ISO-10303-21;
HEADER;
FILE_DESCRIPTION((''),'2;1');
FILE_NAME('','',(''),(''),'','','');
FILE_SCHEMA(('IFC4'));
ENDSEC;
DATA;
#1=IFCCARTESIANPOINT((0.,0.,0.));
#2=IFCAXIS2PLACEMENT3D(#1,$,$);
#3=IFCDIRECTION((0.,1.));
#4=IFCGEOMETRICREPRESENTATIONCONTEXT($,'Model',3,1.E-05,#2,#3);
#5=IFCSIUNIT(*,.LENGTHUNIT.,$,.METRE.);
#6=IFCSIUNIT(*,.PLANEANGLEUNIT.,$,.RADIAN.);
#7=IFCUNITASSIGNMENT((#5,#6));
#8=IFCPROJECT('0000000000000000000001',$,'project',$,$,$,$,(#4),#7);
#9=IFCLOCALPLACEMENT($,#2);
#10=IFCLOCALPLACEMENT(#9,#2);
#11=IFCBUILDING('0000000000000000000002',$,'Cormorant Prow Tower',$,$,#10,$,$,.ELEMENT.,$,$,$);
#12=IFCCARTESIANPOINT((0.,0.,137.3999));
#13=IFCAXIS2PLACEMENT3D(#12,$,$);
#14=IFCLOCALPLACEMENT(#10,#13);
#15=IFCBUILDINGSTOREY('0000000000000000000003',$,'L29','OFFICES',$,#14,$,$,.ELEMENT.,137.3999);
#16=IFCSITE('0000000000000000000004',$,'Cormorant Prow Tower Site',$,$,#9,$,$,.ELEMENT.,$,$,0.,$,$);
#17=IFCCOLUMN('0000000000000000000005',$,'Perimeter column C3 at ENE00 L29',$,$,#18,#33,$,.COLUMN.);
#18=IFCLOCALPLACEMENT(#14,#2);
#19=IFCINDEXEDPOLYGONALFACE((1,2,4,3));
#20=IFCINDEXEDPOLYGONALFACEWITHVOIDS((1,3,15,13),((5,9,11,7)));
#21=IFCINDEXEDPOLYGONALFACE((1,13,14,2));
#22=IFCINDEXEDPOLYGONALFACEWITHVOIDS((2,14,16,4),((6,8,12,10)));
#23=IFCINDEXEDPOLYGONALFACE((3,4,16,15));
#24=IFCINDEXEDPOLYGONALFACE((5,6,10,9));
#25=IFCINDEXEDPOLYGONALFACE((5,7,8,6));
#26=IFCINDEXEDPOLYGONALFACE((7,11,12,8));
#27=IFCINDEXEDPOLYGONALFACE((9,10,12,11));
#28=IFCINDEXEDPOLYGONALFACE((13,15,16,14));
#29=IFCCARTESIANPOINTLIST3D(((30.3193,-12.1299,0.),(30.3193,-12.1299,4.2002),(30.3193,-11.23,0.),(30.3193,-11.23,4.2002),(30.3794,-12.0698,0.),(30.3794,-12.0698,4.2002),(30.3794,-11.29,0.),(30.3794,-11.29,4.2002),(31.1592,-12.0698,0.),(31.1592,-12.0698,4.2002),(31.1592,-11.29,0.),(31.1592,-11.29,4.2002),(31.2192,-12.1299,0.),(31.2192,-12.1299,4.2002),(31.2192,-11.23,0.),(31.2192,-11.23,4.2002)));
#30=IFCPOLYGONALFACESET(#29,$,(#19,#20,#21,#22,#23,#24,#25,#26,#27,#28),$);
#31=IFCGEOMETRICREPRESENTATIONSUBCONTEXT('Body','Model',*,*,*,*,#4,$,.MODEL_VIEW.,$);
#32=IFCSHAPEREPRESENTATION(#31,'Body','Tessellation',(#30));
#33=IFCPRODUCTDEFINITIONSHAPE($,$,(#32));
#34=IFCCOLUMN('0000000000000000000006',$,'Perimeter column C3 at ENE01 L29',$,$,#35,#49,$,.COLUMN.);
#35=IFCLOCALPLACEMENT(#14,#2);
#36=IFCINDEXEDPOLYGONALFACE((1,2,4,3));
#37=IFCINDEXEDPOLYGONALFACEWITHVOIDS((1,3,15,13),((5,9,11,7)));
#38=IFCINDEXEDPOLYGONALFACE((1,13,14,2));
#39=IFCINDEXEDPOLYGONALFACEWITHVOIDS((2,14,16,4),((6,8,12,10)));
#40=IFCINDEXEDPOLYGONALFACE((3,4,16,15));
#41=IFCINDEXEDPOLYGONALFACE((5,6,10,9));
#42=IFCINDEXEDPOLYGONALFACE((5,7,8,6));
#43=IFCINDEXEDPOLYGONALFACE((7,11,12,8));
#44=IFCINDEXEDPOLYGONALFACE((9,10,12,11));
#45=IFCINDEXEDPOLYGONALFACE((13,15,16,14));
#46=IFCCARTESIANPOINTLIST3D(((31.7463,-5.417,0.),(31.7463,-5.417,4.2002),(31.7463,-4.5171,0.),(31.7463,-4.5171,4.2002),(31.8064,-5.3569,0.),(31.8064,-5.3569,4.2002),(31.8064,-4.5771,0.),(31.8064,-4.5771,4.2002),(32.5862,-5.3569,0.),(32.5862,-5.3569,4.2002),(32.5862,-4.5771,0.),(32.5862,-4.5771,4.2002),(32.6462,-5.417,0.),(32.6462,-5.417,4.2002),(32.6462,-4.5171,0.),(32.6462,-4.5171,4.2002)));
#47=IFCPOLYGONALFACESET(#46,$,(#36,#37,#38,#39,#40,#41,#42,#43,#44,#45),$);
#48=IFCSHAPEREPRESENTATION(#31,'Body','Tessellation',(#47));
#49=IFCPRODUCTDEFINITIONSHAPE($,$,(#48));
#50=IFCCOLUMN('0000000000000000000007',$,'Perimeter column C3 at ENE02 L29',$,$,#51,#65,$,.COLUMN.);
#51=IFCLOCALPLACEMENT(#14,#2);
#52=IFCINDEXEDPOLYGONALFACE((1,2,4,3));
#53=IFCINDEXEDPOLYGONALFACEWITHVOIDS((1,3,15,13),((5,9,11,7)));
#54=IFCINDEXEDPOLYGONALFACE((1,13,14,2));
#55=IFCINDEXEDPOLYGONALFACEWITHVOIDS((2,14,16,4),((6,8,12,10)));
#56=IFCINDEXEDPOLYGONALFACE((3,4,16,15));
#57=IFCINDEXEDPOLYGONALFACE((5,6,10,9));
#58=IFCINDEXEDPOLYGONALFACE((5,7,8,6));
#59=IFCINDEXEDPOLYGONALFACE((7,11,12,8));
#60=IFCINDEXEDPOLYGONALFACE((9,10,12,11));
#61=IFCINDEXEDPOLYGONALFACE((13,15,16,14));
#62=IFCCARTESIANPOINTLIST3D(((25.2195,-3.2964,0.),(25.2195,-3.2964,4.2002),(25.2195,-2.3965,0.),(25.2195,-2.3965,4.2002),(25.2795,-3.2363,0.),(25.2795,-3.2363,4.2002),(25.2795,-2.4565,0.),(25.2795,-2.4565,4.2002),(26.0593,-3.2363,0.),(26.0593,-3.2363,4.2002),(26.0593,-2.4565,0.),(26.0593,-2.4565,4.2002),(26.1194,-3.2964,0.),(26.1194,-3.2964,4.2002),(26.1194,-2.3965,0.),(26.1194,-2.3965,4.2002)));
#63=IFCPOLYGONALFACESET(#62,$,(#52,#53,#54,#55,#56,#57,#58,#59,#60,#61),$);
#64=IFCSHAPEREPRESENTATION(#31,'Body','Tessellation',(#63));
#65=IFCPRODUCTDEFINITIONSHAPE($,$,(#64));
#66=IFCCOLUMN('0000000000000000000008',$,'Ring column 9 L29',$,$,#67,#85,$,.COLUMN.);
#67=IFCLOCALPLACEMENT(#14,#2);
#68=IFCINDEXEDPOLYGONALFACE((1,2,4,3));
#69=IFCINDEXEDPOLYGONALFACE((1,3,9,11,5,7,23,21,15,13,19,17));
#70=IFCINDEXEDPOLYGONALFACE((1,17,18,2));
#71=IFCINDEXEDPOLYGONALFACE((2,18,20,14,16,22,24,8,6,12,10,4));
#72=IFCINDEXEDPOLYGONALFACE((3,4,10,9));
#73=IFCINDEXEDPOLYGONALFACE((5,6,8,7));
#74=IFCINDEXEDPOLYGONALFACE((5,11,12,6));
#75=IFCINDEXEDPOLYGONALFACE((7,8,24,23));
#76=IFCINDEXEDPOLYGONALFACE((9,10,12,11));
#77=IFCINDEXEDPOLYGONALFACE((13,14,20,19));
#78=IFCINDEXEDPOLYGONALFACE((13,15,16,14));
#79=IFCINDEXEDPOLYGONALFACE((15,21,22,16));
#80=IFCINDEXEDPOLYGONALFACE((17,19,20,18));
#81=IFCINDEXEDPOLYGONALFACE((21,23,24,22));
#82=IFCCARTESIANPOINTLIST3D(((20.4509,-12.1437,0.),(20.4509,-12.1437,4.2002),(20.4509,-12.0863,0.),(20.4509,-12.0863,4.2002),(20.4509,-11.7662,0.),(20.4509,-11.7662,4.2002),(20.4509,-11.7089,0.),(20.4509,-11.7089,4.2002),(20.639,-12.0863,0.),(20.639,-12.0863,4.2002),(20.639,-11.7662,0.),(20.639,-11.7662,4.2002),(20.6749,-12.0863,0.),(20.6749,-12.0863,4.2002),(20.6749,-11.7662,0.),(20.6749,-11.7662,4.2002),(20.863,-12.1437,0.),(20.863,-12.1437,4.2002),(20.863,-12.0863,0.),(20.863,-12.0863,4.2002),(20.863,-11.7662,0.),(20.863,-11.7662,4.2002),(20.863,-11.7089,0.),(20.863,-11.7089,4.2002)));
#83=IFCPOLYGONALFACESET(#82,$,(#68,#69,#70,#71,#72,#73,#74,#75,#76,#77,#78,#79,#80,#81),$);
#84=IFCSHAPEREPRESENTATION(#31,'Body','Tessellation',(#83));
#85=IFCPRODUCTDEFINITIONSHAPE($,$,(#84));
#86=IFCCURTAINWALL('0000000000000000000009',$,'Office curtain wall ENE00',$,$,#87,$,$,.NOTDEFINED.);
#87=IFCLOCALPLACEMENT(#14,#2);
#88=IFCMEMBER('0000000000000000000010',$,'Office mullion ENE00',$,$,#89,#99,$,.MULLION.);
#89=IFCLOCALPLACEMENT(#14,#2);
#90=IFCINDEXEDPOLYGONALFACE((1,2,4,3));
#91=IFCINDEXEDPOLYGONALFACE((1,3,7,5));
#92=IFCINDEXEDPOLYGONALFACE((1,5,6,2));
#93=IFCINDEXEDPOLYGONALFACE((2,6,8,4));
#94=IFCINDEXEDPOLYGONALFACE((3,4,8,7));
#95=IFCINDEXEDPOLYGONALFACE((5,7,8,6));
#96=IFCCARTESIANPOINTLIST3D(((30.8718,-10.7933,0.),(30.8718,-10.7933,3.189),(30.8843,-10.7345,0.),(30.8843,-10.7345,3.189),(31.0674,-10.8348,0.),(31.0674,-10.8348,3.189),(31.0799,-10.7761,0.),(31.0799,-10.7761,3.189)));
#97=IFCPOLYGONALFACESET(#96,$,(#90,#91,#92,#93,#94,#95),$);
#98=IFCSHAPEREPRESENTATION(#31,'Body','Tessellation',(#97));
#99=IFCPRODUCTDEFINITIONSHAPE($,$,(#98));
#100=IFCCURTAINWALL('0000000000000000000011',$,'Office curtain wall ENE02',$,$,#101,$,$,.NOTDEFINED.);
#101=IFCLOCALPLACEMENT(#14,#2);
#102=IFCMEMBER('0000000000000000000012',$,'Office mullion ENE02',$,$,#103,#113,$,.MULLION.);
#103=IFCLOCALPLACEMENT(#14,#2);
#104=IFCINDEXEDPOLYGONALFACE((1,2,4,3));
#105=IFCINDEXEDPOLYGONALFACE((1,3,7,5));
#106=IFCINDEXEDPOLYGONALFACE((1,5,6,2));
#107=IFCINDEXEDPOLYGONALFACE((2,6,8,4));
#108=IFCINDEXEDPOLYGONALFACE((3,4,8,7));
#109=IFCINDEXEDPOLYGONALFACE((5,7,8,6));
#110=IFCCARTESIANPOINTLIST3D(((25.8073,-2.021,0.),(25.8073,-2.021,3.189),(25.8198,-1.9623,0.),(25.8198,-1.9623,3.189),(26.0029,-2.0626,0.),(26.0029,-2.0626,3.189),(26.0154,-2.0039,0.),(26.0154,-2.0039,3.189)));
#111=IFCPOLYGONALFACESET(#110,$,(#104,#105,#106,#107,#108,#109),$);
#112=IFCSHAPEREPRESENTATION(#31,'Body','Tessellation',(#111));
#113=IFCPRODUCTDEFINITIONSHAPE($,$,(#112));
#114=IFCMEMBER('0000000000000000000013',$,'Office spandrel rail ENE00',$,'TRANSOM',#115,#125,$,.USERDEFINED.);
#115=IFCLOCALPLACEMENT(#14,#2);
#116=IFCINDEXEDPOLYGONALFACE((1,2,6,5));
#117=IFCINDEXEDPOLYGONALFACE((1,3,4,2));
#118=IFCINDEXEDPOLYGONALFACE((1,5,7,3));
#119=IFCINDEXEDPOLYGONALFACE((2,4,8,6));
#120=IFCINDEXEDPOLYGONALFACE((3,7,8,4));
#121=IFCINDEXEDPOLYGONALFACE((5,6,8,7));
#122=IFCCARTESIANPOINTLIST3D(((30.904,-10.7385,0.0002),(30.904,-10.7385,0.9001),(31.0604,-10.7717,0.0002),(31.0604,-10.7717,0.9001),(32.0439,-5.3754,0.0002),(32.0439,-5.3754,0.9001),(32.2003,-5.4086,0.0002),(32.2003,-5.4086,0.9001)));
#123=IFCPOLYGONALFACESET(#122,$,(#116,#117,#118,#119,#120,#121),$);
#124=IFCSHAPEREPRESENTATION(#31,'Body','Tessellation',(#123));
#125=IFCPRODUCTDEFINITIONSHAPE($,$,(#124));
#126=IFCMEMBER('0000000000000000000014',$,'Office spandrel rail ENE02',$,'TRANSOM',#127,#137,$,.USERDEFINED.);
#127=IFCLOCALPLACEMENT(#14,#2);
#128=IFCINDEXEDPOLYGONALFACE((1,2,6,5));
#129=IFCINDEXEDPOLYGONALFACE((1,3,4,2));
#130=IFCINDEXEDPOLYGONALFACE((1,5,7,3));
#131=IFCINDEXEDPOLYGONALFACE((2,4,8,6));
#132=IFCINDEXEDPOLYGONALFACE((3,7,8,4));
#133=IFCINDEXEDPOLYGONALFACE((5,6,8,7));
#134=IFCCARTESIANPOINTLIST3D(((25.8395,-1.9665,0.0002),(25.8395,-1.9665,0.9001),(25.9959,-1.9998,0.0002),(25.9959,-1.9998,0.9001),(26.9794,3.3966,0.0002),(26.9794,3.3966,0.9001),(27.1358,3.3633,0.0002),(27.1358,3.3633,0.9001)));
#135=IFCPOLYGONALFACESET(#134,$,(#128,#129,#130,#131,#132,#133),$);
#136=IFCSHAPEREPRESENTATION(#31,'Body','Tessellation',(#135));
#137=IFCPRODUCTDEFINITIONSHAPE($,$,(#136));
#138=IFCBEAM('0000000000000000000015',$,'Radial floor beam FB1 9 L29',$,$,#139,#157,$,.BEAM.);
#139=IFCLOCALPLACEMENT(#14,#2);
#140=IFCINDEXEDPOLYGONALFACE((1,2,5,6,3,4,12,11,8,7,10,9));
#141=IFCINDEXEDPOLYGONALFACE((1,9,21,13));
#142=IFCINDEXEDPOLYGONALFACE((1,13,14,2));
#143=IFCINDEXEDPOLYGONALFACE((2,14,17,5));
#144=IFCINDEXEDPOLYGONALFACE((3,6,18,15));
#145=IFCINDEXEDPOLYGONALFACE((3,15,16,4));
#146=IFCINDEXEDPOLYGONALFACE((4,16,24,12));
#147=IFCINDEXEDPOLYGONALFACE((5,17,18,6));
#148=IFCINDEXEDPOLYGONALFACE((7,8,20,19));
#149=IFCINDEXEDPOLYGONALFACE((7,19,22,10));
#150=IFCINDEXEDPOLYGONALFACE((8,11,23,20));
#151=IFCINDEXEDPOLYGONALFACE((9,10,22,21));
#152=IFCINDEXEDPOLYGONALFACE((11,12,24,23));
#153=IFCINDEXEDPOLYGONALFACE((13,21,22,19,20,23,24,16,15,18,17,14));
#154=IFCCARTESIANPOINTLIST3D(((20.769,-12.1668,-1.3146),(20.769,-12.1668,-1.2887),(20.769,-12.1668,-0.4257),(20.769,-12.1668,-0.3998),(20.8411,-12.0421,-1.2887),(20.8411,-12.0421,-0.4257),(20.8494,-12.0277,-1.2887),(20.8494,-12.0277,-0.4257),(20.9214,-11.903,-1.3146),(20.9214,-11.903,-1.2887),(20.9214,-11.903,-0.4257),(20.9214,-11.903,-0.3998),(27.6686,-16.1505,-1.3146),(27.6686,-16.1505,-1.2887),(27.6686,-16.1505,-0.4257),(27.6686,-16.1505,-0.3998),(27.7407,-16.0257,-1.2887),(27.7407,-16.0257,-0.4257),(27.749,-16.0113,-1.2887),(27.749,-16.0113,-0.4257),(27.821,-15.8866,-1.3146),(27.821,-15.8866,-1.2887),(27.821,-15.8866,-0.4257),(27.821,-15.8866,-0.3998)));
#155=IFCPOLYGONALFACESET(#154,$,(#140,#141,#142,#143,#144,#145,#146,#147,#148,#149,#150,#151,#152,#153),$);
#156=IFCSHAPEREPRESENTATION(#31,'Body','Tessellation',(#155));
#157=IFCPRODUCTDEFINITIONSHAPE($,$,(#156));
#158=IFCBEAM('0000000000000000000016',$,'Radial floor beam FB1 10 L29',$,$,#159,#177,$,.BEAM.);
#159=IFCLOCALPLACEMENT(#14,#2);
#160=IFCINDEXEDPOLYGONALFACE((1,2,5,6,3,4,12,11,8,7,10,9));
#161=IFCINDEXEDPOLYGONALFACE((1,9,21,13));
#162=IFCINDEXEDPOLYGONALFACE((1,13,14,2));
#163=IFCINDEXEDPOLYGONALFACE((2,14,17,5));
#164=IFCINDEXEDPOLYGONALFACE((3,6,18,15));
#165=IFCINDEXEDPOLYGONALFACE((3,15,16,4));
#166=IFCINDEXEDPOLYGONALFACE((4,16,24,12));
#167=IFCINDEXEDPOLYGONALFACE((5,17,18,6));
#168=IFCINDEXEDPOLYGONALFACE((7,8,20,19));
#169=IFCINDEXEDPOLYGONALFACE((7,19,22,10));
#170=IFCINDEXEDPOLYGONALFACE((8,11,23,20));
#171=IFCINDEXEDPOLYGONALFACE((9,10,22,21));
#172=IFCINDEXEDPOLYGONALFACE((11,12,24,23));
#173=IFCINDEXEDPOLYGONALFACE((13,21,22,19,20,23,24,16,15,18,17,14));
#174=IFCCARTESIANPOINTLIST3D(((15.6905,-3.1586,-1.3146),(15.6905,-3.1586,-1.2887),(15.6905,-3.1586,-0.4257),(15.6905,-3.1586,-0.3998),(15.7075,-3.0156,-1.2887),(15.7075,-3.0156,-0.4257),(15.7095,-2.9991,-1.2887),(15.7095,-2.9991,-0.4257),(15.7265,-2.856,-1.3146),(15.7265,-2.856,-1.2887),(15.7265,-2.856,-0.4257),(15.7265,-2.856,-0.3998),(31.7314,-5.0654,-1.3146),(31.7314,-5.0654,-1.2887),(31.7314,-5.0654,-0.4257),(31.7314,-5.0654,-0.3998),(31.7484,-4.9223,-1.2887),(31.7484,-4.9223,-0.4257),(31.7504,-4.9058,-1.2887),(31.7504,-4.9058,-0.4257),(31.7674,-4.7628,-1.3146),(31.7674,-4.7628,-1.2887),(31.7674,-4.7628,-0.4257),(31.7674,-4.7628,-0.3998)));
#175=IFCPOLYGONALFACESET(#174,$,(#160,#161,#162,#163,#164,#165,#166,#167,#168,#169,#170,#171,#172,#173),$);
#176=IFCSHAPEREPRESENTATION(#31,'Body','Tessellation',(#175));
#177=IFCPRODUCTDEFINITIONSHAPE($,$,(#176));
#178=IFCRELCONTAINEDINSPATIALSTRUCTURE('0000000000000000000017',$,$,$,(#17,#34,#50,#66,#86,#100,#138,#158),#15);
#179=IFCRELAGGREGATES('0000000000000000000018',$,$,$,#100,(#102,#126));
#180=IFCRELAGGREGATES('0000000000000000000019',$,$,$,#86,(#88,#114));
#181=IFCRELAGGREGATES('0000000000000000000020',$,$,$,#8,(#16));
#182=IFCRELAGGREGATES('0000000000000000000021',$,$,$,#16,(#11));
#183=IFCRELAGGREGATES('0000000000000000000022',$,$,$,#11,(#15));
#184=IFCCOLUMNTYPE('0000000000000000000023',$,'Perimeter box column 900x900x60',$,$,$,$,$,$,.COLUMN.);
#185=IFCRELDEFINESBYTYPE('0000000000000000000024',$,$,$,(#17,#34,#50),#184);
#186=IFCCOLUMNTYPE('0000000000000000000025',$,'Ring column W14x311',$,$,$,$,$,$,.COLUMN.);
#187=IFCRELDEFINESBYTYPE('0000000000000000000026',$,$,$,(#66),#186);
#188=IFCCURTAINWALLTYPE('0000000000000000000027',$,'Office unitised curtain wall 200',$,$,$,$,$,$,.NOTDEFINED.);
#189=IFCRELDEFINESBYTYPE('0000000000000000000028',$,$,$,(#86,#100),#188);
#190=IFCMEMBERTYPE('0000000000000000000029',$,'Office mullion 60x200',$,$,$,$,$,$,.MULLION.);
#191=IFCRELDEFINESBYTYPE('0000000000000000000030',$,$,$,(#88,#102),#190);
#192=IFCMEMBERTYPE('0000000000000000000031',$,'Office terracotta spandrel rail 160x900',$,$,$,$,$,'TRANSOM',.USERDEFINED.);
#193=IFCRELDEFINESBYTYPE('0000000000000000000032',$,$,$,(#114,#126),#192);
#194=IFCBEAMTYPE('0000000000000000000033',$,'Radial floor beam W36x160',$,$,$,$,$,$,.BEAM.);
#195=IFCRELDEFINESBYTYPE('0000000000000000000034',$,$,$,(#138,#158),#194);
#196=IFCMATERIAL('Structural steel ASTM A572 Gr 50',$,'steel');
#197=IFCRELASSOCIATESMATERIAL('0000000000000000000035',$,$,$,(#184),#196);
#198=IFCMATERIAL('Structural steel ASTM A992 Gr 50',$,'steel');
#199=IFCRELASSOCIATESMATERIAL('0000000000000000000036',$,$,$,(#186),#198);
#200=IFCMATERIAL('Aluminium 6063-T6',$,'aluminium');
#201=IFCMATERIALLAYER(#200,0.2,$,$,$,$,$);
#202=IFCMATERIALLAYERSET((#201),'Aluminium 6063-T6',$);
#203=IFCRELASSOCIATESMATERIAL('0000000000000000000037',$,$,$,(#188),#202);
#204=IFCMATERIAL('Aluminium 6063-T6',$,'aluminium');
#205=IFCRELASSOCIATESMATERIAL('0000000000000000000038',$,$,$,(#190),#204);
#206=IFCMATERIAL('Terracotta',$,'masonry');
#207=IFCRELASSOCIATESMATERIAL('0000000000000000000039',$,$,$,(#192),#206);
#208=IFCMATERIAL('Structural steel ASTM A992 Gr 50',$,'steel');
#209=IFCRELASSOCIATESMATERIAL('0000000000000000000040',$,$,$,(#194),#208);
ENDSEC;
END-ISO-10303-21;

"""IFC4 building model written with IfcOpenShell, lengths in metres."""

from ifc_helpers import new_model, si_unit, direction, frame, origin, origin_2d, place, context, subcontext, project, spatial, rectangle, hollow_rectangle, i_section, extrude, material, layer, layer_set, material_profile, profile_set, type_object, element, aggregate, save


model = new_model("IFC4")

# Units and contexts
model_context = context("Model", 3, precision=1e-05, world=origin(), true_north=direction((0.0, 1.0)))
body_context = subcontext(model_context, "Body", "Model", "MODEL_VIEW")
ifc_project = project(units=[si_unit("LENGTHUNIT", "METRE"), si_unit("PLANEANGLEUNIT", "RADIAN")], contexts=[model_context])

# Site, building, storey
site_placement = place(None, origin())
site = spatial("IfcSite", under=ifc_project, at=site_placement, Name="Cormorant Prow Tower Site", CompositionType="ELEMENT", RefElevation=0.0)
building_placement = place(site_placement, origin())
building = spatial("IfcBuilding", under=site, at=building_placement, Name="Cormorant Prow Tower", CompositionType="ELEMENT")
storey_placement = place(building_placement, frame((0.0, 0.0, 137.3999)))
storey = spatial("IfcBuildingStorey", under=building, at=storey_placement, Name="L29", Description="OFFICES", CompositionType="ELEMENT", Elevation=137.3999)

# Columns
ifc_material_1 = material(Name="Structural steel ASTM A572 Gr 50", Category="steel")
ifc_material_profile_1 = material_profile(ifc_material_1, hollow_rectangle(XDim=0.8999, YDim=0.8999, WallThickness=0.0601, at=origin_2d()), Name="Box 900x900x60")
ifc_profile_set_1 = profile_set([ifc_material_profile_1], Name="Structural steel ASTM A572 Gr 50")
column_type_1 = type_object("IfcColumnType", Name="Perimeter box column 900x900x60", PredefinedType="COLUMN", material=ifc_profile_set_1)
for number, where, z_axis, x_axis, name in (
    (1, (30.7693, -11.6799, 0.0), (0.0, 0.0, 1.0), (1.0, 0.0, 0.0), "Perimeter column C3 at ENE00 L29"),
    (2, (32.1963, -4.967, 0.0), (0.0, 0.0, 1.0), (1.0, 0.0, 0.0), "Perimeter column C3 at ENE01 L29"),
    (3, (25.6694, -2.8464, 0.0), (0.0, 0.0, 1.0), (1.0, 0.0, 0.0), "Perimeter column C3 at ENE02 L29"),
):
    element("IfcColumn", number, at=place(storey_placement, frame(where, z_axis=z_axis, x_axis=x_axis)), inside=storey, type_object=column_type_1, Name=name, PredefinedType="COLUMN", context=body_context, shape_type="SweptSolid", body=[
        extrude(hollow_rectangle(XDim=0.8999, YDim=0.8999, WallThickness=0.0601, at=origin_2d()), origin(), (0.0, 0.0, 1.0), 4.2002),
    ])
ifc_material_2 = material(Name="Structural steel ASTM A992 Gr 50", Category="steel")
ifc_material_profile_2 = material_profile(ifc_material_2, i_section(OverallWidth=0.4121, OverallDepth=0.4348, WebThickness=0.0359, FlangeThickness=0.0574, at=origin_2d()), Name="W14x311")
ifc_profile_set_2 = profile_set([ifc_material_profile_2], Name="Structural steel ASTM A992 Gr 50")
column_type_2 = type_object("IfcColumnType", Name="Ring column W14x311", PredefinedType="COLUMN", material=ifc_profile_set_2)
column_placement = place(storey_placement, frame((20.657, -11.9263, 0.0), z_axis=(0.0, 0.0, 1.0), x_axis=(1.0, 0.0, 0.0)))
element("IfcColumn", 4, at=column_placement, inside=storey, type_object=column_type_2, Name="Ring column 9 L29", PredefinedType="COLUMN", context=body_context, shape_type="SweptSolid", body=[
    extrude(i_section(OverallWidth=0.4121, OverallDepth=0.4348, WebThickness=0.0359, FlangeThickness=0.0574, at=origin_2d()), origin(), (0.0, 0.0, 1.0), 4.2002),
])

# Curtain walls, members
ifc_material_3 = material(Name="Aluminium 6063-T6", Category="aluminium")
ifc_layer_1 = layer(ifc_material_3, 0.2)
ifc_layer_set_1 = layer_set([ifc_layer_1], Name="Aluminium 6063-T6")
curtain_wall_type = type_object("IfcCurtainWallType", Name="Office unitised curtain wall 200", PredefinedType="NOTDEFINED", material=ifc_layer_set_1)
curtain_wall_1_placement = place(storey_placement, origin())
curtain_wall_1 = element("IfcCurtainWall", 5, at=curtain_wall_1_placement, inside=storey, type_object=curtain_wall_type, Name="Office curtain wall ENE00", PredefinedType="NOTDEFINED")
ifc_material_4 = material(Name="Aluminium 6063-T6", Category="aluminium")
ifc_material_profile_3 = material_profile(ifc_material_4, rectangle(XDim=0.2, YDim=0.0601, at=origin_2d()), Name="Office mullion 60x200")
ifc_profile_set_3 = profile_set([ifc_material_profile_3], Name="Aluminium 6063-T6")
member_type_1 = type_object("IfcMemberType", Name="Office mullion 60x200", PredefinedType="MULLION", material=ifc_profile_set_3)
member_1_placement = place(storey_placement, frame((30.9758, -10.7847, 0.0), z_axis=(0.0, 0.0, 1.0), x_axis=(-0.978148, 0.207912, 0.0)))
member_1 = element("IfcMember", 6, at=member_1_placement, type_object=member_type_1, Name="Office mullion ENE00", PredefinedType="MULLION", context=body_context, shape_type="SweptSolid", body=[
    extrude(rectangle(XDim=0.2, YDim=0.0601, at=origin_2d()), origin(), (0.0, 0.0, 1.0), 3.189),
])
curtain_wall_2_placement = place(storey_placement, origin())
curtain_wall_2 = element("IfcCurtainWall", 7, at=curtain_wall_2_placement, inside=storey, type_object=curtain_wall_type, Name="Office curtain wall ENE02", PredefinedType="NOTDEFINED")
member_2_placement = place(storey_placement, frame((25.9114, -2.0125, 0.0), z_axis=(0.0, 0.0, 1.0), x_axis=(-0.978148, 0.207912, 0.0)))
member_2 = element("IfcMember", 8, at=member_2_placement, type_object=member_type_1, Name="Office mullion ENE02", PredefinedType="MULLION", context=body_context, shape_type="SweptSolid", body=[
    extrude(rectangle(XDim=0.2, YDim=0.0601, at=origin_2d()), origin(), (0.0, 0.0, 1.0), 3.189),
])

# Members
ifc_material_5 = material(Name="Terracotta", Category="masonry")
ifc_material_profile_4 = material_profile(ifc_material_5, rectangle(XDim=0.1599, YDim=0.8999, at=origin_2d()), Name="Office terracotta spandrel rail 160x900")
ifc_profile_set_4 = profile_set([ifc_material_profile_4], Name="Terracotta")
member_type_2 = type_object("IfcMemberType", Name="Office terracotta spandrel rail 160x900", ElementType="TRANSOM", PredefinedType="USERDEFINED", material=ifc_profile_set_4)
member_3_placement = place(storey_placement, frame((30.9822, -10.7551, 0.4502), z_axis=(0.207902, 0.97815, 0.0), x_axis=(-0.97815, 0.207902, 0.0)))
member_3 = element("IfcMember", 9, at=member_3_placement, type_object=member_type_2, Name="Office spandrel rail ENE00", ObjectType="TRANSOM", PredefinedType="USERDEFINED", context=body_context, shape_type="SweptSolid", body=[
    extrude(rectangle(XDim=0.1599, YDim=0.8999, at=origin_2d()), origin(), (0.0, 0.0, 1.0), 5.4829),
])
member_4_placement = place(storey_placement, frame((25.9177, -1.9832, 0.4502), z_axis=(0.207902, 0.97815, 0.0), x_axis=(-0.97815, 0.207902, 0.0)))
member_4 = element("IfcMember", 10, at=member_4_placement, type_object=member_type_2, Name="Office spandrel rail ENE02", ObjectType="TRANSOM", PredefinedType="USERDEFINED", context=body_context, shape_type="SweptSolid", body=[
    extrude(rectangle(XDim=0.1599, YDim=0.8999, at=origin_2d()), origin(), (0.0, 0.0, 1.0), 5.4829),
])
aggregate(curtain_wall_2, [member_2, member_4])

# Beams
ifc_material_6 = material(Name="Structural steel ASTM A992 Gr 50", Category="steel")
ifc_material_profile_5 = material_profile(ifc_material_6, i_section(OverallWidth=0.3047, OverallDepth=0.9148, WebThickness=0.0166, FlangeThickness=0.0259, at=origin_2d()), Name="W36x160")
ifc_profile_set_5 = profile_set([ifc_material_profile_5], Name="Structural steel ASTM A992 Gr 50")
beam_type_1 = type_object("IfcBeamType", Name="Radial floor beam W36x160", PredefinedType="BEAM", material=ifc_profile_set_5)
beam_1_placement = place(storey_placement, frame((20.8452, -12.0349, -0.8572), z_axis=(0.866019, -0.500012, 0.0), x_axis=(0.500012, 0.866019, 0.0)))
element("IfcBeam", 11, at=beam_1_placement, inside=storey, type_object=beam_type_1, Name="Radial floor beam FB1 9 L29", PredefinedType="BEAM", context=body_context, shape_type="SweptSolid", body=[
    extrude(i_section(OverallWidth=0.3047, OverallDepth=0.9148, WebThickness=0.0166, FlangeThickness=0.0259, at=origin_2d()), origin(), (0.0, 0.0, 1.0), 7.967),
])
beam_2_placement = place(storey_placement, frame((15.7085, -3.0073, -0.8572), z_axis=(0.993009, -0.118037, 0.0), x_axis=(0.118037, 0.993009, 0.0)))
element("IfcBeam", 12, at=beam_2_placement, inside=storey, type_object=beam_type_1, Name="Radial floor beam FB1 10 L29", PredefinedType="BEAM", context=body_context, shape_type="SweptSolid", body=[
    extrude(i_section(OverallWidth=0.3047, OverallDepth=0.9148, WebThickness=0.0166, FlangeThickness=0.0259, at=origin_2d()), origin(), (0.0, 0.0, 1.0), 16.1538),
])

aggregate(curtain_wall_1, [member_1, member_3])

save(model, "model.ifc")
